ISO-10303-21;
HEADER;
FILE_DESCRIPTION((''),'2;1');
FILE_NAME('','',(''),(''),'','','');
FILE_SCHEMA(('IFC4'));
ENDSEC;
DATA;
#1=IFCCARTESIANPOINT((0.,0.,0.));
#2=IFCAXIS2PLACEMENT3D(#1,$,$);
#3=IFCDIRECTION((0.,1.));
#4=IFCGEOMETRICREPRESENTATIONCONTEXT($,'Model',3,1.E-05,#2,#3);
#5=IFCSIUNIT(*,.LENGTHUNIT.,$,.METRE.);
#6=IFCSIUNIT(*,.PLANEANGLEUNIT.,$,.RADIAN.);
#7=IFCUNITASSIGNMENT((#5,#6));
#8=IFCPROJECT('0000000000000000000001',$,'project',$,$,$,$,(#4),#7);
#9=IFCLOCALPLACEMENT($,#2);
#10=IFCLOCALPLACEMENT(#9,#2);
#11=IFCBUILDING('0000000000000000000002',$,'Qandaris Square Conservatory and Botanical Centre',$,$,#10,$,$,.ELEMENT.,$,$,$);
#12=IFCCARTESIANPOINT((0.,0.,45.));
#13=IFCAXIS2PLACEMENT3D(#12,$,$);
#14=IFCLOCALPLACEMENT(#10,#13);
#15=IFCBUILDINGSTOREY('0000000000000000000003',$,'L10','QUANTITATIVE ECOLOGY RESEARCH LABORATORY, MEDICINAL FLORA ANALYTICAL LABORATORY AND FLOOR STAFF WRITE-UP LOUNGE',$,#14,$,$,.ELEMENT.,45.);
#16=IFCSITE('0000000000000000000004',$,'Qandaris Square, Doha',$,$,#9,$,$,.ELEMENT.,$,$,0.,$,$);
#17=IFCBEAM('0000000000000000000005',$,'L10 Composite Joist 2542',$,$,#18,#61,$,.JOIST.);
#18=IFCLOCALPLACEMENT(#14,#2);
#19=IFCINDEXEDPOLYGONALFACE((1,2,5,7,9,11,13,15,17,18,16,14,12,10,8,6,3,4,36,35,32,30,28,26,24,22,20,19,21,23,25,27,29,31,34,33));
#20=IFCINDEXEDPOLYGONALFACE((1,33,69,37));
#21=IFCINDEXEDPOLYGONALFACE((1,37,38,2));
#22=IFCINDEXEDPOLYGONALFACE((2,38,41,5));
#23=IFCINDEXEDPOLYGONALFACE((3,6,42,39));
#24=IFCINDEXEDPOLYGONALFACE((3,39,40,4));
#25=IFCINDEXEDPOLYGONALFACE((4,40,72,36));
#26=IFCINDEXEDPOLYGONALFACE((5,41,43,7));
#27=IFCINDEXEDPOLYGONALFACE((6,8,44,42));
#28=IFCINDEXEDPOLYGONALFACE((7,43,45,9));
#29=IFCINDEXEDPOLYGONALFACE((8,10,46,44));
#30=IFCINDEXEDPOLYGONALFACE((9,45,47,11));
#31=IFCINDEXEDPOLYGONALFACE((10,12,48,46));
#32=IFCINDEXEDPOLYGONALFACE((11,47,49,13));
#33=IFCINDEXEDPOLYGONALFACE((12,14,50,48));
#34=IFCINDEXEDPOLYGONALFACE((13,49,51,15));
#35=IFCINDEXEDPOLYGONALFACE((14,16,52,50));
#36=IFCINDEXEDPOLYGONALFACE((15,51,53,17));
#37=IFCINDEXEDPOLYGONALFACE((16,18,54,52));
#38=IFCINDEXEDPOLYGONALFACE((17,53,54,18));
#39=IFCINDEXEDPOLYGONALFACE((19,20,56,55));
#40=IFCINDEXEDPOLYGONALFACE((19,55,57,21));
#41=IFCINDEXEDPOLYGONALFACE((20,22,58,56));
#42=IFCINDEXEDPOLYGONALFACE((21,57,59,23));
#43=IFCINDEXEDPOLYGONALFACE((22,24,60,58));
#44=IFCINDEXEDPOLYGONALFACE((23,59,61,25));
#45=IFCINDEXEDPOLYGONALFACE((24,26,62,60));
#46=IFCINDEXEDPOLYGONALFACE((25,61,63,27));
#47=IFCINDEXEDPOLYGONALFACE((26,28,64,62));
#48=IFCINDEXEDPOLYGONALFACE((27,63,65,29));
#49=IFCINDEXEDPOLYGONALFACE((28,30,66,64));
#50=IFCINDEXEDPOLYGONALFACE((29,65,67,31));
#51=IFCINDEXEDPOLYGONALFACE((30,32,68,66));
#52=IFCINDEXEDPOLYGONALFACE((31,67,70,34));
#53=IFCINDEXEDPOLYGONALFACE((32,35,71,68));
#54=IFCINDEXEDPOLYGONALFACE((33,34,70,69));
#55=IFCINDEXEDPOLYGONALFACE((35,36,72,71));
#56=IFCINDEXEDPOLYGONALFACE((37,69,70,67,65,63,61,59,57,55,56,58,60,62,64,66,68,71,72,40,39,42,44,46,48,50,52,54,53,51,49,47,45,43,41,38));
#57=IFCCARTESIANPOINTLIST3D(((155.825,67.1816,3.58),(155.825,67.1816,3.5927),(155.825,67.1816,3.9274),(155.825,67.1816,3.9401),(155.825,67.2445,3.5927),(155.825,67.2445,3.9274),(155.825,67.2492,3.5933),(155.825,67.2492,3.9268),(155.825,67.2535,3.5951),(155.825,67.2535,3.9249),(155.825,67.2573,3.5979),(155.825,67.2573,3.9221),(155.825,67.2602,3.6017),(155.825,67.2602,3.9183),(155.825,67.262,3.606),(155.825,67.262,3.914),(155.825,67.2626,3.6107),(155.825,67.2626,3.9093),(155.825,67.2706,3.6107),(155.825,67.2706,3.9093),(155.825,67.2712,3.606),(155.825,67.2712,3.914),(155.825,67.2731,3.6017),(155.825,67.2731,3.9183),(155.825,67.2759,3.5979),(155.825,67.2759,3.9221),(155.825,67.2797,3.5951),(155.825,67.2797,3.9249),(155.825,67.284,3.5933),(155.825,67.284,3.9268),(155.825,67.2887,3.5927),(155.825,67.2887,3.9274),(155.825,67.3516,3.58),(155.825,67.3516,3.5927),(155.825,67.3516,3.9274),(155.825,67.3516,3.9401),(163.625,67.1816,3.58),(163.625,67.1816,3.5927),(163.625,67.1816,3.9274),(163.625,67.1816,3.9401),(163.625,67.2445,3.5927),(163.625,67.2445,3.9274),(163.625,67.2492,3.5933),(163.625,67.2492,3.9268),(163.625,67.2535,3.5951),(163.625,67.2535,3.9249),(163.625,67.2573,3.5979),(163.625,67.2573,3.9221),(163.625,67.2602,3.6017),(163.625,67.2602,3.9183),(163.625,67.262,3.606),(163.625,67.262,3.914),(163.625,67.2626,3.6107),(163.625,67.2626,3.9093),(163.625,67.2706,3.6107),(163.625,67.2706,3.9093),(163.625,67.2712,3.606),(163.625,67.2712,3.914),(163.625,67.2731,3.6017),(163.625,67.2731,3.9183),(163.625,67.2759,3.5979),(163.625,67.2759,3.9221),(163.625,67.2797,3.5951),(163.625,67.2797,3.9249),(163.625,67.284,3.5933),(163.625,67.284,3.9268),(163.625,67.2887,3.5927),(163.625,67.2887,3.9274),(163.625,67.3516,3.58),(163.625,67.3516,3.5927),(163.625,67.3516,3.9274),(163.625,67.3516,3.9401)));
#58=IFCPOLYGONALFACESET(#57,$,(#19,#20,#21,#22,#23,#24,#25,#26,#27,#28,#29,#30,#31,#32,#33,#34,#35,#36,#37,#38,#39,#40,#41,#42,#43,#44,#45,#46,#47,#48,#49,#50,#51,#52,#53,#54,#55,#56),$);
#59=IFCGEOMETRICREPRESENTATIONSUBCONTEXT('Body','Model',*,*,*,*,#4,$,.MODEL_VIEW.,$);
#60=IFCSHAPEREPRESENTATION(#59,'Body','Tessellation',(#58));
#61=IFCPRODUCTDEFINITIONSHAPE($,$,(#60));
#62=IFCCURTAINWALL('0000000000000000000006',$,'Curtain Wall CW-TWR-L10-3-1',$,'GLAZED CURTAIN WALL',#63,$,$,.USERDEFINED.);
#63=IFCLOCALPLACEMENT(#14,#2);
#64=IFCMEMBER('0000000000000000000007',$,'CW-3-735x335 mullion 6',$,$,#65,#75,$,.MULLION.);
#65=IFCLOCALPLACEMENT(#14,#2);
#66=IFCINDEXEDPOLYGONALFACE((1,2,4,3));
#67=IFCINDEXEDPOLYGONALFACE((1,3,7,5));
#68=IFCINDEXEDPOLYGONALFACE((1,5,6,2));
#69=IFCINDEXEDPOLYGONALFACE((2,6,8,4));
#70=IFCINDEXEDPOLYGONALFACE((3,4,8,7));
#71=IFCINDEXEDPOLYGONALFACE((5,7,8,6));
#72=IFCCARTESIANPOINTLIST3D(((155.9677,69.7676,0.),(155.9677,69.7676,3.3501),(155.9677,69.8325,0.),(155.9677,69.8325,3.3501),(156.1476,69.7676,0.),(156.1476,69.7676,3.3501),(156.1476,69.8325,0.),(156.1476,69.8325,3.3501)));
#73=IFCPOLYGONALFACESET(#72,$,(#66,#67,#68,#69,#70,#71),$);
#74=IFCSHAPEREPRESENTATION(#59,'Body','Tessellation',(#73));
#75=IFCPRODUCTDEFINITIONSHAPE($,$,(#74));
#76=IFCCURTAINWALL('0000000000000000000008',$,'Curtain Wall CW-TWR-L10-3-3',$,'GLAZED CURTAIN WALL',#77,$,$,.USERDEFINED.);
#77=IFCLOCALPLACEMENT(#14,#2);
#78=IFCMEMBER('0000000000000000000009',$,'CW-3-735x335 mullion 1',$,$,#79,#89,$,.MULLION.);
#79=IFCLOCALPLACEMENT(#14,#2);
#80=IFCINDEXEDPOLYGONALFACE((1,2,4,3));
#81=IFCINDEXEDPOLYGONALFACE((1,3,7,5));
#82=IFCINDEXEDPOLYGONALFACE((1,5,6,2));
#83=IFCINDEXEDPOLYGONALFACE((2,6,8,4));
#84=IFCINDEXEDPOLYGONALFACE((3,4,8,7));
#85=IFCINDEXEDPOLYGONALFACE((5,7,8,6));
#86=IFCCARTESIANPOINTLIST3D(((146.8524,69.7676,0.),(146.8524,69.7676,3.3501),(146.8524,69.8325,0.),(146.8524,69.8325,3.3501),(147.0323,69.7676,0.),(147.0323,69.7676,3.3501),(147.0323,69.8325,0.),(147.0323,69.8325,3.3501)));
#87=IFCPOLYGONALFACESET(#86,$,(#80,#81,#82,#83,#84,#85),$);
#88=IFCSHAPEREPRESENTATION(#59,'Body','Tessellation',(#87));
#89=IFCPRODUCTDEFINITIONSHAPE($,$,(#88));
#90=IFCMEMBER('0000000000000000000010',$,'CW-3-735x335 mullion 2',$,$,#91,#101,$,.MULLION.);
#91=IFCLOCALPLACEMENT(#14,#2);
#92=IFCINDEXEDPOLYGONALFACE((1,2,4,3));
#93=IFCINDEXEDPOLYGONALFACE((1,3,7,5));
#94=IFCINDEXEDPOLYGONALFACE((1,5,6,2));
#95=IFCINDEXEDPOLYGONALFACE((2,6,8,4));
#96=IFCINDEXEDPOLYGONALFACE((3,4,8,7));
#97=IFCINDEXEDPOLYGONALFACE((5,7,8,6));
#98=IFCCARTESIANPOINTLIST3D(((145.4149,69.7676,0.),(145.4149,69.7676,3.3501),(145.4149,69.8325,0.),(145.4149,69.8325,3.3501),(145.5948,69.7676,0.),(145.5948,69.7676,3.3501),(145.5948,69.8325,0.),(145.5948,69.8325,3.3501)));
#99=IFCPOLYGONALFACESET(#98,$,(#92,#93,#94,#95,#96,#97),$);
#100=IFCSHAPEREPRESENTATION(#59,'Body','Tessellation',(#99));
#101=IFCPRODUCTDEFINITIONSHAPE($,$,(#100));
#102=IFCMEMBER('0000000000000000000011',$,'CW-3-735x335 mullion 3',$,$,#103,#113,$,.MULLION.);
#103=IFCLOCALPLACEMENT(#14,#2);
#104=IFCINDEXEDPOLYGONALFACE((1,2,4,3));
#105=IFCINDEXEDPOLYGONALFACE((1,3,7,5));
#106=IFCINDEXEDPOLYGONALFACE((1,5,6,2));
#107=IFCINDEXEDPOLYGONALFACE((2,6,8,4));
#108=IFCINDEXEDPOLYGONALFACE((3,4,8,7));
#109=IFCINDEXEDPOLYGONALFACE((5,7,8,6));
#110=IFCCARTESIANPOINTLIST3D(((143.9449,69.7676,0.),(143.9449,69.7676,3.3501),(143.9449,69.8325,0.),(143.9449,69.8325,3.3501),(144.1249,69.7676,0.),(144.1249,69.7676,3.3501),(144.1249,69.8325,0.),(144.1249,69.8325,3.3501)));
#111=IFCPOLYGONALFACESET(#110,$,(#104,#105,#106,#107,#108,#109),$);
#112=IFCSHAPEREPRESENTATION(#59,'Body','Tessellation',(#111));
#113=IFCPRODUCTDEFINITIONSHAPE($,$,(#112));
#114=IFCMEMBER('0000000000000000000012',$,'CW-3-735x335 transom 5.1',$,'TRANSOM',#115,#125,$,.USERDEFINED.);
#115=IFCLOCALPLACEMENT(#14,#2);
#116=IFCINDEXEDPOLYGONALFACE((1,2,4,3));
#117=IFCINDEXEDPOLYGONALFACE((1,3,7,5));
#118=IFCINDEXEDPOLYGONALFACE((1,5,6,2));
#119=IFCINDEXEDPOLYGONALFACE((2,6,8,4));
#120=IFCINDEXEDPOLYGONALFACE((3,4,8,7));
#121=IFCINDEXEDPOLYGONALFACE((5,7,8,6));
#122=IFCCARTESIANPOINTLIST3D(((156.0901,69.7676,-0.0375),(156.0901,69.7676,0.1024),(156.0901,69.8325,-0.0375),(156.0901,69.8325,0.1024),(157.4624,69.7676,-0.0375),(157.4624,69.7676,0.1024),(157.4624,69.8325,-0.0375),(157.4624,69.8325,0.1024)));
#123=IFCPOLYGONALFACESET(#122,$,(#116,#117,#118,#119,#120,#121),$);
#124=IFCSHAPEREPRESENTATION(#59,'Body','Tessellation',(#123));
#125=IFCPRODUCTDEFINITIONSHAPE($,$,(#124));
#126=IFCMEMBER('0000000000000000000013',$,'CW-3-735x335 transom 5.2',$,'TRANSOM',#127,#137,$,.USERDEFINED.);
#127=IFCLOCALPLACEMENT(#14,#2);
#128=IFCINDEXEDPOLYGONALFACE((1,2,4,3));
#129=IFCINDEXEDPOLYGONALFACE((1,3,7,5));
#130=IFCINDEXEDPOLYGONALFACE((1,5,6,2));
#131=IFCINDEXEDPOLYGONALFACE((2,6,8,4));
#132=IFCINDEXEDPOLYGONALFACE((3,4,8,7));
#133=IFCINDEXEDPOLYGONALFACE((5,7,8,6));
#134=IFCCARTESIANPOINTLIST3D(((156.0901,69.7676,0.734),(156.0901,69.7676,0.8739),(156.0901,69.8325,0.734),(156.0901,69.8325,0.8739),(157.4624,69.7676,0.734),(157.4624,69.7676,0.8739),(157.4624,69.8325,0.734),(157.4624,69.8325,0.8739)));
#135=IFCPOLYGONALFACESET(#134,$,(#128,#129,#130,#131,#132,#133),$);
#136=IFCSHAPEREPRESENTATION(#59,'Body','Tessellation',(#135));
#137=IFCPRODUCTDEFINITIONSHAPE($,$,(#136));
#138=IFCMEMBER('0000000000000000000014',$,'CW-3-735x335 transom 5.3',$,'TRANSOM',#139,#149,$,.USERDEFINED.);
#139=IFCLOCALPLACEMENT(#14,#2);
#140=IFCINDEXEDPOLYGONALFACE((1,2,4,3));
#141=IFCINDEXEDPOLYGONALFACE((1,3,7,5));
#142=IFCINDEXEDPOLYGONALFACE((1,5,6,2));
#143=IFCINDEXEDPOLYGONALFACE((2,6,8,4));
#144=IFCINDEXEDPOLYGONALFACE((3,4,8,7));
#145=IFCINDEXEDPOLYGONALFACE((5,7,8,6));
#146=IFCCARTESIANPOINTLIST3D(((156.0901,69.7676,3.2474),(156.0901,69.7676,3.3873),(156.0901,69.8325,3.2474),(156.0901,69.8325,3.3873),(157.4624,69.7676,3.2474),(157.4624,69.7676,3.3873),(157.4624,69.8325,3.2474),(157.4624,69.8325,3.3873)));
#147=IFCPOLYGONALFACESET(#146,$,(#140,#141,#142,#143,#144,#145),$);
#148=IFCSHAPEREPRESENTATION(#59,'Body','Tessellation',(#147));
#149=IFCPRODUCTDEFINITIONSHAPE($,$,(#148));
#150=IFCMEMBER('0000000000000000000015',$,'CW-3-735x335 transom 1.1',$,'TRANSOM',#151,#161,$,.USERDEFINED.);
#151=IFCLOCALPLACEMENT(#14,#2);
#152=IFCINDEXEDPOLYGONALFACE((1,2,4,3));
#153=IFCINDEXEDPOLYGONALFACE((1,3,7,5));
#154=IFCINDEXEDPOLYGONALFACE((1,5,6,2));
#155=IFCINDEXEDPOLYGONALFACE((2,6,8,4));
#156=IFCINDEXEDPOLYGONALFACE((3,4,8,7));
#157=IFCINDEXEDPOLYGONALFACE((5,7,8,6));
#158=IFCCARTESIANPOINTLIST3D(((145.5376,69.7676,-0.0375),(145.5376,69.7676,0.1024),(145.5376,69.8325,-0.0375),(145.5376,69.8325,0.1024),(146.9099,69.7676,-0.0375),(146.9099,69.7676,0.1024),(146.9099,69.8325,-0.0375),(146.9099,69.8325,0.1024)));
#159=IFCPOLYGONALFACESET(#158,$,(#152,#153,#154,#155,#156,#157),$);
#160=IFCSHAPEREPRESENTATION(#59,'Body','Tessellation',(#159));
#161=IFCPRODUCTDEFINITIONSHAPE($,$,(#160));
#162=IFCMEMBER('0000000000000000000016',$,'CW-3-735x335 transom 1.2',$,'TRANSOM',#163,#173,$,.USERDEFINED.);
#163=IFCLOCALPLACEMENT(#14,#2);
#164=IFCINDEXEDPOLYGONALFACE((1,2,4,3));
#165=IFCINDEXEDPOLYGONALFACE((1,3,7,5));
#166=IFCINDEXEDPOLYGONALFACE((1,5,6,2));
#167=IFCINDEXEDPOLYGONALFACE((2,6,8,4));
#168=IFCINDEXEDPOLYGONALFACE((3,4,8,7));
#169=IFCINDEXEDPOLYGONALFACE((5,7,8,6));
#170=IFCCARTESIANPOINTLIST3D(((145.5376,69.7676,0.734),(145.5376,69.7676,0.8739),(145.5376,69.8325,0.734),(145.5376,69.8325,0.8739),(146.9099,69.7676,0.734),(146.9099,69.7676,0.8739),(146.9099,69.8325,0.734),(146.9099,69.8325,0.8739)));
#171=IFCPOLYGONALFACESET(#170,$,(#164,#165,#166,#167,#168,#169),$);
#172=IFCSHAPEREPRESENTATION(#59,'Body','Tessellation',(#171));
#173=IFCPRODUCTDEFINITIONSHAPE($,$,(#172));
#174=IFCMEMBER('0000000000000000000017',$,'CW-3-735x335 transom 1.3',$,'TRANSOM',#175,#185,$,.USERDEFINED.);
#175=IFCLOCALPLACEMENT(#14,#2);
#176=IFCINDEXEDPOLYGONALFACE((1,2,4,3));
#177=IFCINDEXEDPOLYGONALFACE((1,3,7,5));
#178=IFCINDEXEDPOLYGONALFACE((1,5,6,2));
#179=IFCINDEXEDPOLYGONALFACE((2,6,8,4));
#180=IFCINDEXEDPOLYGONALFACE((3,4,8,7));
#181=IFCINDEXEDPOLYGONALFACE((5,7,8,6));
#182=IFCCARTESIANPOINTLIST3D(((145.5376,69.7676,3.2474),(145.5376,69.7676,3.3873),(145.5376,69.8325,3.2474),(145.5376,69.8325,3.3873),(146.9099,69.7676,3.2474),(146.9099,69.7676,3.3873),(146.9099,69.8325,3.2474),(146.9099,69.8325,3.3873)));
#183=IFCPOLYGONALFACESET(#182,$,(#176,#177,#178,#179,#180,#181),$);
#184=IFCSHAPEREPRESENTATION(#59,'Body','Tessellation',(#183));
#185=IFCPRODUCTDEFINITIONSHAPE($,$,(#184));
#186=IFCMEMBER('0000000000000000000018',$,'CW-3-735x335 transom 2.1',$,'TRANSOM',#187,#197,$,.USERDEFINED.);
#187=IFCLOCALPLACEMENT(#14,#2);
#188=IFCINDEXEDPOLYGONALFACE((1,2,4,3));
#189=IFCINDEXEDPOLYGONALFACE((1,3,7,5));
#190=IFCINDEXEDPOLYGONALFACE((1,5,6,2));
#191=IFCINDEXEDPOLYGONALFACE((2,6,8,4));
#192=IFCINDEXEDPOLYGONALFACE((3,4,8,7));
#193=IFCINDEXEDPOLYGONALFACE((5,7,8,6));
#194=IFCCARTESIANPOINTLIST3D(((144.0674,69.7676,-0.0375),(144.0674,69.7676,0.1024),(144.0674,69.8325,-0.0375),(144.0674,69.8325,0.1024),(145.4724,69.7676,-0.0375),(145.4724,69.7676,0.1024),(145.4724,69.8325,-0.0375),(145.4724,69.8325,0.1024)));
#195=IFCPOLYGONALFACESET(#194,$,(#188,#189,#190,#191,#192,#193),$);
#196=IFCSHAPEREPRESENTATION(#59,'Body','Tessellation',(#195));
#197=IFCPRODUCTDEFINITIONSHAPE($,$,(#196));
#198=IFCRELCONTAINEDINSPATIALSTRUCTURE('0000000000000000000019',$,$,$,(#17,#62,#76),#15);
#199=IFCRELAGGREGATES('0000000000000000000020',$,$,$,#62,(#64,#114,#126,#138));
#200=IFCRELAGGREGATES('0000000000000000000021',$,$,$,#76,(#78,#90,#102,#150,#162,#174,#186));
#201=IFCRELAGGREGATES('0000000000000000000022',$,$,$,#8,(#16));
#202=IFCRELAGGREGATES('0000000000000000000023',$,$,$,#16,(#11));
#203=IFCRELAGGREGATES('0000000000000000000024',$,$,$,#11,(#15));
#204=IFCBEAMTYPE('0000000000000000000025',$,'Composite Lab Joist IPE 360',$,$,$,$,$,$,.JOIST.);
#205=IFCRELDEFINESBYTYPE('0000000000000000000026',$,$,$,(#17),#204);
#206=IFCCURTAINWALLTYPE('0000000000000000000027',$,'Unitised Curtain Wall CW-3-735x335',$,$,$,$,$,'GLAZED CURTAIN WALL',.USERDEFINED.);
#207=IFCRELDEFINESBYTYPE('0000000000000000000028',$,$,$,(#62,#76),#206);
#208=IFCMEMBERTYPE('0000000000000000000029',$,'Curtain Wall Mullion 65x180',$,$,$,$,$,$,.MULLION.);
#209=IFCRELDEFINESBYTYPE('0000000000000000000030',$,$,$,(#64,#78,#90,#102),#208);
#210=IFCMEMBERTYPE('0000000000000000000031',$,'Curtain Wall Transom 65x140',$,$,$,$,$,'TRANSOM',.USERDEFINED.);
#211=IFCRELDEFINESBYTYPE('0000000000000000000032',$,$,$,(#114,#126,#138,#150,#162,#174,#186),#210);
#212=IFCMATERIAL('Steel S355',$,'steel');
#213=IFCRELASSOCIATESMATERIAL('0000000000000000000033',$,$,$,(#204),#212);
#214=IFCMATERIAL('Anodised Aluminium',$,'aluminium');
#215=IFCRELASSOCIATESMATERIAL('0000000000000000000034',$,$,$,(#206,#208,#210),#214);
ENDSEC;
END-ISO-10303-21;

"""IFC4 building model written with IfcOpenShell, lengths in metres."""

from ifc_helpers import new_model, si_unit, direction, frame, origin, origin_2d, place, context, subcontext, project, spatial, rectangle, i_section, extrude, material, material_profile, profile_set, type_object, element, aggregate, save


model = new_model("IFC4")

# Units and contexts
model_context = context("Model", 3, precision=1e-05, world=origin(), true_north=direction((0.0, 1.0)))
body_context = subcontext(model_context, "Body", "Model", "MODEL_VIEW")
ifc_project = project(units=[si_unit("LENGTHUNIT", "METRE"), si_unit("PLANEANGLEUNIT", "RADIAN")], contexts=[model_context])

# Site, building, storey
site_placement = place(None, origin())
site = spatial("IfcSite", under=ifc_project, at=site_placement, Name="Qandaris Square, Doha", CompositionType="ELEMENT", RefElevation=0.0)
building_placement = place(site_placement, origin())
building = spatial("IfcBuilding", under=site, at=building_placement, Name="Qandaris Square Conservatory and Botanical Centre", CompositionType="ELEMENT")
storey_placement = place(building_placement, frame((0.0, 0.0, 45.0)))
storey = spatial("IfcBuildingStorey", under=building, at=storey_placement, Name="L10", Description="QUANTITATIVE ECOLOGY RESEARCH LABORATORY, MEDICINAL FLORA ANALYTICAL LABORATORY AND FLOOR STAFF WRITE-UP LOUNGE", CompositionType="ELEMENT", Elevation=45.0)

# Beam
ifc_material_1 = material(Name="Steel S355", Category="steel")
ifc_material_profile_1 = material_profile(ifc_material_1, i_section(OverallWidth=0.1699, OverallDepth=0.3601, WebThickness=0.0081, FlangeThickness=0.0127, FilletRadius=0.0181, at=origin_2d()), Name="IPE 360")
ifc_profile_set_1 = profile_set([ifc_material_profile_1], Name="Steel S355")
beam_type_1 = type_object("IfcBeamType", Name="Composite Lab Joist IPE 360", PredefinedType="JOIST", material=ifc_profile_set_1)
beam_1_placement = place(storey_placement, frame((155.825, 67.2666, 3.76), z_axis=(1.0, 0.0, 0.0), x_axis=(0.0, 1.0, 0.0)))
element("IfcBeam", 1, at=beam_1_placement, inside=storey, type_object=beam_type_1, Name="L10 Composite Joist 2542", PredefinedType="JOIST", context=body_context, shape_type="SweptSolid", body=[
    extrude(i_section(OverallWidth=0.1699, OverallDepth=0.3601, WebThickness=0.0081, FlangeThickness=0.0127, FilletRadius=0.0181, at=origin_2d()), origin(), (0.0, 0.0, 1.0), 7.8),
])

# Curtain wall, member
ifc_material_2 = material(Name="Anodised Aluminium", Category="aluminium")
curtain_wall_type = type_object("IfcCurtainWallType", Name="Unitised Curtain Wall CW-3-735x335", ElementType="GLAZED CURTAIN WALL", PredefinedType="USERDEFINED", material=ifc_material_2)
curtain_wall_1_placement = place(storey_placement, origin())
curtain_wall_1 = element("IfcCurtainWall", 2, at=curtain_wall_1_placement, inside=storey, type_object=curtain_wall_type, Name="Curtain Wall CW-TWR-L10-3-1", ObjectType="GLAZED CURTAIN WALL", PredefinedType="USERDEFINED")
ifc_material_profile_2 = material_profile(ifc_material_2, rectangle(XDim=0.0649, YDim=0.1799, at=origin_2d()), Name="ALU-MUL 65x180")
ifc_profile_set_2 = profile_set([ifc_material_profile_2], Name="Anodised Aluminium")
member_type_1 = type_object("IfcMemberType", Name="Curtain Wall Mullion 65x180", PredefinedType="MULLION", material=ifc_profile_set_2)
member_1_placement = place(storey_placement, frame((156.0576, 69.8, 0.0), z_axis=(0.0, 0.0, 1.0), x_axis=(0.0, -1.0, 0.0)))
member_1 = element("IfcMember", 3, at=member_1_placement, type_object=member_type_1, Name="CW-3-735x335 mullion 6", PredefinedType="MULLION", context=body_context, shape_type="SweptSolid", body=[
    extrude(rectangle(XDim=0.0649, YDim=0.1799, at=origin_2d()), origin(), (0.0, 0.0, 1.0), 3.3501),
])

# Curtain wall, members
curtain_wall_2_placement = place(storey_placement, origin())
curtain_wall_2 = element("IfcCurtainWall", 4, at=curtain_wall_2_placement, inside=storey, type_object=curtain_wall_type, Name="Curtain Wall CW-TWR-L10-3-3", ObjectType="GLAZED CURTAIN WALL", PredefinedType="USERDEFINED")
member_2_placement = place(storey_placement, frame((146.9424, 69.8, 0.0), z_axis=(0.0, 0.0, 1.0), x_axis=(0.0, -1.0, 0.0)))
member_2 = element("IfcMember", 5, at=member_2_placement, type_object=member_type_1, Name="CW-3-735x335 mullion 1", PredefinedType="MULLION", context=body_context, shape_type="SweptSolid", body=[
    extrude(rectangle(XDim=0.0649, YDim=0.1799, at=origin_2d()), origin(), (0.0, 0.0, 1.0), 3.3501),
])
member_3_placement = place(storey_placement, frame((145.5049, 69.8, 0.0), z_axis=(0.0, 0.0, 1.0), x_axis=(0.0, -1.0, 0.0)))
member_3 = element("IfcMember", 6, at=member_3_placement, type_object=member_type_1, Name="CW-3-735x335 mullion 2", PredefinedType="MULLION", context=body_context, shape_type="SweptSolid", body=[
    extrude(rectangle(XDim=0.0649, YDim=0.1799, at=origin_2d()), origin(), (0.0, 0.0, 1.0), 3.3501),
])
member_4_placement = place(storey_placement, frame((144.0349, 69.8, 0.0), z_axis=(0.0, 0.0, 1.0), x_axis=(0.0, -1.0, 0.0)))
member_4 = element("IfcMember", 7, at=member_4_placement, type_object=member_type_1, Name="CW-3-735x335 mullion 3", PredefinedType="MULLION", context=body_context, shape_type="SweptSolid", body=[
    extrude(rectangle(XDim=0.0649, YDim=0.1799, at=origin_2d()), origin(), (0.0, 0.0, 1.0), 3.3501),
])

# Members
ifc_material_profile_3 = material_profile(ifc_material_2, rectangle(XDim=0.0649, YDim=0.1399, at=origin_2d()), Name="ALU-TRN 65x140")
ifc_profile_set_3 = profile_set([ifc_material_profile_3], Name="Anodised Aluminium")
member_type_2 = type_object("IfcMemberType", Name="Curtain Wall Transom 65x140", ElementType="TRANSOM", PredefinedType="USERDEFINED", material=ifc_profile_set_3)
member_5_placement = place(storey_placement, frame((157.4624, 69.8, 0.0325), z_axis=(-1.0, 0.0, 0.0), x_axis=(0.0, -1.0, 0.0)))
member_5 = element("IfcMember", 8, at=member_5_placement, type_object=member_type_2, Name="CW-3-735x335 transom 5.1", ObjectType="TRANSOM", PredefinedType="USERDEFINED", context=body_context, shape_type="SweptSolid", body=[
    extrude(rectangle(XDim=0.0649, YDim=0.1399, at=origin_2d()), origin(), (0.0, 0.0, 1.0), 1.3723),
])
member_6_placement = place(storey_placement, frame((157.4624, 69.8, 0.804), z_axis=(-1.0, 0.0, 0.0), x_axis=(0.0, -1.0, 0.0)))
member_6 = element("IfcMember", 9, at=member_6_placement, type_object=member_type_2, Name="CW-3-735x335 transom 5.2", ObjectType="TRANSOM", PredefinedType="USERDEFINED", context=body_context, shape_type="SweptSolid", body=[
    extrude(rectangle(XDim=0.0649, YDim=0.1399, at=origin_2d()), origin(), (0.0, 0.0, 1.0), 1.3723),
])
member_7_placement = place(storey_placement, frame((157.4624, 69.8, 3.3174), z_axis=(-1.0, 0.0, 0.0), x_axis=(0.0, -1.0, 0.0)))
member_7 = element("IfcMember", 10, at=member_7_placement, type_object=member_type_2, Name="CW-3-735x335 transom 5.3", ObjectType="TRANSOM", PredefinedType="USERDEFINED", context=body_context, shape_type="SweptSolid", body=[
    extrude(rectangle(XDim=0.0649, YDim=0.1399, at=origin_2d()), origin(), (0.0, 0.0, 1.0), 1.3723),
])
member_8_placement = place(storey_placement, frame((146.9099, 69.8, 0.0325), z_axis=(-1.0, 0.0, 0.0), x_axis=(0.0, -1.0, 0.0)))
member_8 = element("IfcMember", 11, at=member_8_placement, type_object=member_type_2, Name="CW-3-735x335 transom 1.1", ObjectType="TRANSOM", PredefinedType="USERDEFINED", context=body_context, shape_type="SweptSolid", body=[
    extrude(rectangle(XDim=0.0649, YDim=0.1399, at=origin_2d()), origin(), (0.0, 0.0, 1.0), 1.3723),
])
member_9_placement = place(storey_placement, frame((146.9099, 69.8, 0.804), z_axis=(-1.0, 0.0, 0.0), x_axis=(0.0, -1.0, 0.0)))
member_9 = element("IfcMember", 12, at=member_9_placement, type_object=member_type_2, Name="CW-3-735x335 transom 1.2", ObjectType="TRANSOM", PredefinedType="USERDEFINED", context=body_context, shape_type="SweptSolid", body=[
    extrude(rectangle(XDim=0.0649, YDim=0.1399, at=origin_2d()), origin(), (0.0, 0.0, 1.0), 1.3723),
])
member_10_placement = place(storey_placement, frame((146.9099, 69.8, 3.3174), z_axis=(-1.0, 0.0, 0.0), x_axis=(0.0, -1.0, 0.0)))
member_10 = element("IfcMember", 13, at=member_10_placement, type_object=member_type_2, Name="CW-3-735x335 transom 1.3", ObjectType="TRANSOM", PredefinedType="USERDEFINED", context=body_context, shape_type="SweptSolid", body=[
    extrude(rectangle(XDim=0.0649, YDim=0.1399, at=origin_2d()), origin(), (0.0, 0.0, 1.0), 1.3723),
])
member_11_placement = place(storey_placement, frame((145.4724, 69.8, 0.0325), z_axis=(-1.0, 0.0, 0.0), x_axis=(0.0, -1.0, 0.0)))
member_11 = element("IfcMember", 14, at=member_11_placement, type_object=member_type_2, Name="CW-3-735x335 transom 2.1", ObjectType="TRANSOM", PredefinedType="USERDEFINED", context=body_context, shape_type="SweptSolid", body=[
    extrude(rectangle(XDim=0.0649, YDim=0.1399, at=origin_2d()), origin(), (0.0, 0.0, 1.0), 1.405),
])

aggregate(curtain_wall_1, [member_1, member_5, member_6, member_7])
aggregate(curtain_wall_2, [member_2, member_3, member_4, member_8, member_9, member_10, member_11])

save(model, "model.ifc")
